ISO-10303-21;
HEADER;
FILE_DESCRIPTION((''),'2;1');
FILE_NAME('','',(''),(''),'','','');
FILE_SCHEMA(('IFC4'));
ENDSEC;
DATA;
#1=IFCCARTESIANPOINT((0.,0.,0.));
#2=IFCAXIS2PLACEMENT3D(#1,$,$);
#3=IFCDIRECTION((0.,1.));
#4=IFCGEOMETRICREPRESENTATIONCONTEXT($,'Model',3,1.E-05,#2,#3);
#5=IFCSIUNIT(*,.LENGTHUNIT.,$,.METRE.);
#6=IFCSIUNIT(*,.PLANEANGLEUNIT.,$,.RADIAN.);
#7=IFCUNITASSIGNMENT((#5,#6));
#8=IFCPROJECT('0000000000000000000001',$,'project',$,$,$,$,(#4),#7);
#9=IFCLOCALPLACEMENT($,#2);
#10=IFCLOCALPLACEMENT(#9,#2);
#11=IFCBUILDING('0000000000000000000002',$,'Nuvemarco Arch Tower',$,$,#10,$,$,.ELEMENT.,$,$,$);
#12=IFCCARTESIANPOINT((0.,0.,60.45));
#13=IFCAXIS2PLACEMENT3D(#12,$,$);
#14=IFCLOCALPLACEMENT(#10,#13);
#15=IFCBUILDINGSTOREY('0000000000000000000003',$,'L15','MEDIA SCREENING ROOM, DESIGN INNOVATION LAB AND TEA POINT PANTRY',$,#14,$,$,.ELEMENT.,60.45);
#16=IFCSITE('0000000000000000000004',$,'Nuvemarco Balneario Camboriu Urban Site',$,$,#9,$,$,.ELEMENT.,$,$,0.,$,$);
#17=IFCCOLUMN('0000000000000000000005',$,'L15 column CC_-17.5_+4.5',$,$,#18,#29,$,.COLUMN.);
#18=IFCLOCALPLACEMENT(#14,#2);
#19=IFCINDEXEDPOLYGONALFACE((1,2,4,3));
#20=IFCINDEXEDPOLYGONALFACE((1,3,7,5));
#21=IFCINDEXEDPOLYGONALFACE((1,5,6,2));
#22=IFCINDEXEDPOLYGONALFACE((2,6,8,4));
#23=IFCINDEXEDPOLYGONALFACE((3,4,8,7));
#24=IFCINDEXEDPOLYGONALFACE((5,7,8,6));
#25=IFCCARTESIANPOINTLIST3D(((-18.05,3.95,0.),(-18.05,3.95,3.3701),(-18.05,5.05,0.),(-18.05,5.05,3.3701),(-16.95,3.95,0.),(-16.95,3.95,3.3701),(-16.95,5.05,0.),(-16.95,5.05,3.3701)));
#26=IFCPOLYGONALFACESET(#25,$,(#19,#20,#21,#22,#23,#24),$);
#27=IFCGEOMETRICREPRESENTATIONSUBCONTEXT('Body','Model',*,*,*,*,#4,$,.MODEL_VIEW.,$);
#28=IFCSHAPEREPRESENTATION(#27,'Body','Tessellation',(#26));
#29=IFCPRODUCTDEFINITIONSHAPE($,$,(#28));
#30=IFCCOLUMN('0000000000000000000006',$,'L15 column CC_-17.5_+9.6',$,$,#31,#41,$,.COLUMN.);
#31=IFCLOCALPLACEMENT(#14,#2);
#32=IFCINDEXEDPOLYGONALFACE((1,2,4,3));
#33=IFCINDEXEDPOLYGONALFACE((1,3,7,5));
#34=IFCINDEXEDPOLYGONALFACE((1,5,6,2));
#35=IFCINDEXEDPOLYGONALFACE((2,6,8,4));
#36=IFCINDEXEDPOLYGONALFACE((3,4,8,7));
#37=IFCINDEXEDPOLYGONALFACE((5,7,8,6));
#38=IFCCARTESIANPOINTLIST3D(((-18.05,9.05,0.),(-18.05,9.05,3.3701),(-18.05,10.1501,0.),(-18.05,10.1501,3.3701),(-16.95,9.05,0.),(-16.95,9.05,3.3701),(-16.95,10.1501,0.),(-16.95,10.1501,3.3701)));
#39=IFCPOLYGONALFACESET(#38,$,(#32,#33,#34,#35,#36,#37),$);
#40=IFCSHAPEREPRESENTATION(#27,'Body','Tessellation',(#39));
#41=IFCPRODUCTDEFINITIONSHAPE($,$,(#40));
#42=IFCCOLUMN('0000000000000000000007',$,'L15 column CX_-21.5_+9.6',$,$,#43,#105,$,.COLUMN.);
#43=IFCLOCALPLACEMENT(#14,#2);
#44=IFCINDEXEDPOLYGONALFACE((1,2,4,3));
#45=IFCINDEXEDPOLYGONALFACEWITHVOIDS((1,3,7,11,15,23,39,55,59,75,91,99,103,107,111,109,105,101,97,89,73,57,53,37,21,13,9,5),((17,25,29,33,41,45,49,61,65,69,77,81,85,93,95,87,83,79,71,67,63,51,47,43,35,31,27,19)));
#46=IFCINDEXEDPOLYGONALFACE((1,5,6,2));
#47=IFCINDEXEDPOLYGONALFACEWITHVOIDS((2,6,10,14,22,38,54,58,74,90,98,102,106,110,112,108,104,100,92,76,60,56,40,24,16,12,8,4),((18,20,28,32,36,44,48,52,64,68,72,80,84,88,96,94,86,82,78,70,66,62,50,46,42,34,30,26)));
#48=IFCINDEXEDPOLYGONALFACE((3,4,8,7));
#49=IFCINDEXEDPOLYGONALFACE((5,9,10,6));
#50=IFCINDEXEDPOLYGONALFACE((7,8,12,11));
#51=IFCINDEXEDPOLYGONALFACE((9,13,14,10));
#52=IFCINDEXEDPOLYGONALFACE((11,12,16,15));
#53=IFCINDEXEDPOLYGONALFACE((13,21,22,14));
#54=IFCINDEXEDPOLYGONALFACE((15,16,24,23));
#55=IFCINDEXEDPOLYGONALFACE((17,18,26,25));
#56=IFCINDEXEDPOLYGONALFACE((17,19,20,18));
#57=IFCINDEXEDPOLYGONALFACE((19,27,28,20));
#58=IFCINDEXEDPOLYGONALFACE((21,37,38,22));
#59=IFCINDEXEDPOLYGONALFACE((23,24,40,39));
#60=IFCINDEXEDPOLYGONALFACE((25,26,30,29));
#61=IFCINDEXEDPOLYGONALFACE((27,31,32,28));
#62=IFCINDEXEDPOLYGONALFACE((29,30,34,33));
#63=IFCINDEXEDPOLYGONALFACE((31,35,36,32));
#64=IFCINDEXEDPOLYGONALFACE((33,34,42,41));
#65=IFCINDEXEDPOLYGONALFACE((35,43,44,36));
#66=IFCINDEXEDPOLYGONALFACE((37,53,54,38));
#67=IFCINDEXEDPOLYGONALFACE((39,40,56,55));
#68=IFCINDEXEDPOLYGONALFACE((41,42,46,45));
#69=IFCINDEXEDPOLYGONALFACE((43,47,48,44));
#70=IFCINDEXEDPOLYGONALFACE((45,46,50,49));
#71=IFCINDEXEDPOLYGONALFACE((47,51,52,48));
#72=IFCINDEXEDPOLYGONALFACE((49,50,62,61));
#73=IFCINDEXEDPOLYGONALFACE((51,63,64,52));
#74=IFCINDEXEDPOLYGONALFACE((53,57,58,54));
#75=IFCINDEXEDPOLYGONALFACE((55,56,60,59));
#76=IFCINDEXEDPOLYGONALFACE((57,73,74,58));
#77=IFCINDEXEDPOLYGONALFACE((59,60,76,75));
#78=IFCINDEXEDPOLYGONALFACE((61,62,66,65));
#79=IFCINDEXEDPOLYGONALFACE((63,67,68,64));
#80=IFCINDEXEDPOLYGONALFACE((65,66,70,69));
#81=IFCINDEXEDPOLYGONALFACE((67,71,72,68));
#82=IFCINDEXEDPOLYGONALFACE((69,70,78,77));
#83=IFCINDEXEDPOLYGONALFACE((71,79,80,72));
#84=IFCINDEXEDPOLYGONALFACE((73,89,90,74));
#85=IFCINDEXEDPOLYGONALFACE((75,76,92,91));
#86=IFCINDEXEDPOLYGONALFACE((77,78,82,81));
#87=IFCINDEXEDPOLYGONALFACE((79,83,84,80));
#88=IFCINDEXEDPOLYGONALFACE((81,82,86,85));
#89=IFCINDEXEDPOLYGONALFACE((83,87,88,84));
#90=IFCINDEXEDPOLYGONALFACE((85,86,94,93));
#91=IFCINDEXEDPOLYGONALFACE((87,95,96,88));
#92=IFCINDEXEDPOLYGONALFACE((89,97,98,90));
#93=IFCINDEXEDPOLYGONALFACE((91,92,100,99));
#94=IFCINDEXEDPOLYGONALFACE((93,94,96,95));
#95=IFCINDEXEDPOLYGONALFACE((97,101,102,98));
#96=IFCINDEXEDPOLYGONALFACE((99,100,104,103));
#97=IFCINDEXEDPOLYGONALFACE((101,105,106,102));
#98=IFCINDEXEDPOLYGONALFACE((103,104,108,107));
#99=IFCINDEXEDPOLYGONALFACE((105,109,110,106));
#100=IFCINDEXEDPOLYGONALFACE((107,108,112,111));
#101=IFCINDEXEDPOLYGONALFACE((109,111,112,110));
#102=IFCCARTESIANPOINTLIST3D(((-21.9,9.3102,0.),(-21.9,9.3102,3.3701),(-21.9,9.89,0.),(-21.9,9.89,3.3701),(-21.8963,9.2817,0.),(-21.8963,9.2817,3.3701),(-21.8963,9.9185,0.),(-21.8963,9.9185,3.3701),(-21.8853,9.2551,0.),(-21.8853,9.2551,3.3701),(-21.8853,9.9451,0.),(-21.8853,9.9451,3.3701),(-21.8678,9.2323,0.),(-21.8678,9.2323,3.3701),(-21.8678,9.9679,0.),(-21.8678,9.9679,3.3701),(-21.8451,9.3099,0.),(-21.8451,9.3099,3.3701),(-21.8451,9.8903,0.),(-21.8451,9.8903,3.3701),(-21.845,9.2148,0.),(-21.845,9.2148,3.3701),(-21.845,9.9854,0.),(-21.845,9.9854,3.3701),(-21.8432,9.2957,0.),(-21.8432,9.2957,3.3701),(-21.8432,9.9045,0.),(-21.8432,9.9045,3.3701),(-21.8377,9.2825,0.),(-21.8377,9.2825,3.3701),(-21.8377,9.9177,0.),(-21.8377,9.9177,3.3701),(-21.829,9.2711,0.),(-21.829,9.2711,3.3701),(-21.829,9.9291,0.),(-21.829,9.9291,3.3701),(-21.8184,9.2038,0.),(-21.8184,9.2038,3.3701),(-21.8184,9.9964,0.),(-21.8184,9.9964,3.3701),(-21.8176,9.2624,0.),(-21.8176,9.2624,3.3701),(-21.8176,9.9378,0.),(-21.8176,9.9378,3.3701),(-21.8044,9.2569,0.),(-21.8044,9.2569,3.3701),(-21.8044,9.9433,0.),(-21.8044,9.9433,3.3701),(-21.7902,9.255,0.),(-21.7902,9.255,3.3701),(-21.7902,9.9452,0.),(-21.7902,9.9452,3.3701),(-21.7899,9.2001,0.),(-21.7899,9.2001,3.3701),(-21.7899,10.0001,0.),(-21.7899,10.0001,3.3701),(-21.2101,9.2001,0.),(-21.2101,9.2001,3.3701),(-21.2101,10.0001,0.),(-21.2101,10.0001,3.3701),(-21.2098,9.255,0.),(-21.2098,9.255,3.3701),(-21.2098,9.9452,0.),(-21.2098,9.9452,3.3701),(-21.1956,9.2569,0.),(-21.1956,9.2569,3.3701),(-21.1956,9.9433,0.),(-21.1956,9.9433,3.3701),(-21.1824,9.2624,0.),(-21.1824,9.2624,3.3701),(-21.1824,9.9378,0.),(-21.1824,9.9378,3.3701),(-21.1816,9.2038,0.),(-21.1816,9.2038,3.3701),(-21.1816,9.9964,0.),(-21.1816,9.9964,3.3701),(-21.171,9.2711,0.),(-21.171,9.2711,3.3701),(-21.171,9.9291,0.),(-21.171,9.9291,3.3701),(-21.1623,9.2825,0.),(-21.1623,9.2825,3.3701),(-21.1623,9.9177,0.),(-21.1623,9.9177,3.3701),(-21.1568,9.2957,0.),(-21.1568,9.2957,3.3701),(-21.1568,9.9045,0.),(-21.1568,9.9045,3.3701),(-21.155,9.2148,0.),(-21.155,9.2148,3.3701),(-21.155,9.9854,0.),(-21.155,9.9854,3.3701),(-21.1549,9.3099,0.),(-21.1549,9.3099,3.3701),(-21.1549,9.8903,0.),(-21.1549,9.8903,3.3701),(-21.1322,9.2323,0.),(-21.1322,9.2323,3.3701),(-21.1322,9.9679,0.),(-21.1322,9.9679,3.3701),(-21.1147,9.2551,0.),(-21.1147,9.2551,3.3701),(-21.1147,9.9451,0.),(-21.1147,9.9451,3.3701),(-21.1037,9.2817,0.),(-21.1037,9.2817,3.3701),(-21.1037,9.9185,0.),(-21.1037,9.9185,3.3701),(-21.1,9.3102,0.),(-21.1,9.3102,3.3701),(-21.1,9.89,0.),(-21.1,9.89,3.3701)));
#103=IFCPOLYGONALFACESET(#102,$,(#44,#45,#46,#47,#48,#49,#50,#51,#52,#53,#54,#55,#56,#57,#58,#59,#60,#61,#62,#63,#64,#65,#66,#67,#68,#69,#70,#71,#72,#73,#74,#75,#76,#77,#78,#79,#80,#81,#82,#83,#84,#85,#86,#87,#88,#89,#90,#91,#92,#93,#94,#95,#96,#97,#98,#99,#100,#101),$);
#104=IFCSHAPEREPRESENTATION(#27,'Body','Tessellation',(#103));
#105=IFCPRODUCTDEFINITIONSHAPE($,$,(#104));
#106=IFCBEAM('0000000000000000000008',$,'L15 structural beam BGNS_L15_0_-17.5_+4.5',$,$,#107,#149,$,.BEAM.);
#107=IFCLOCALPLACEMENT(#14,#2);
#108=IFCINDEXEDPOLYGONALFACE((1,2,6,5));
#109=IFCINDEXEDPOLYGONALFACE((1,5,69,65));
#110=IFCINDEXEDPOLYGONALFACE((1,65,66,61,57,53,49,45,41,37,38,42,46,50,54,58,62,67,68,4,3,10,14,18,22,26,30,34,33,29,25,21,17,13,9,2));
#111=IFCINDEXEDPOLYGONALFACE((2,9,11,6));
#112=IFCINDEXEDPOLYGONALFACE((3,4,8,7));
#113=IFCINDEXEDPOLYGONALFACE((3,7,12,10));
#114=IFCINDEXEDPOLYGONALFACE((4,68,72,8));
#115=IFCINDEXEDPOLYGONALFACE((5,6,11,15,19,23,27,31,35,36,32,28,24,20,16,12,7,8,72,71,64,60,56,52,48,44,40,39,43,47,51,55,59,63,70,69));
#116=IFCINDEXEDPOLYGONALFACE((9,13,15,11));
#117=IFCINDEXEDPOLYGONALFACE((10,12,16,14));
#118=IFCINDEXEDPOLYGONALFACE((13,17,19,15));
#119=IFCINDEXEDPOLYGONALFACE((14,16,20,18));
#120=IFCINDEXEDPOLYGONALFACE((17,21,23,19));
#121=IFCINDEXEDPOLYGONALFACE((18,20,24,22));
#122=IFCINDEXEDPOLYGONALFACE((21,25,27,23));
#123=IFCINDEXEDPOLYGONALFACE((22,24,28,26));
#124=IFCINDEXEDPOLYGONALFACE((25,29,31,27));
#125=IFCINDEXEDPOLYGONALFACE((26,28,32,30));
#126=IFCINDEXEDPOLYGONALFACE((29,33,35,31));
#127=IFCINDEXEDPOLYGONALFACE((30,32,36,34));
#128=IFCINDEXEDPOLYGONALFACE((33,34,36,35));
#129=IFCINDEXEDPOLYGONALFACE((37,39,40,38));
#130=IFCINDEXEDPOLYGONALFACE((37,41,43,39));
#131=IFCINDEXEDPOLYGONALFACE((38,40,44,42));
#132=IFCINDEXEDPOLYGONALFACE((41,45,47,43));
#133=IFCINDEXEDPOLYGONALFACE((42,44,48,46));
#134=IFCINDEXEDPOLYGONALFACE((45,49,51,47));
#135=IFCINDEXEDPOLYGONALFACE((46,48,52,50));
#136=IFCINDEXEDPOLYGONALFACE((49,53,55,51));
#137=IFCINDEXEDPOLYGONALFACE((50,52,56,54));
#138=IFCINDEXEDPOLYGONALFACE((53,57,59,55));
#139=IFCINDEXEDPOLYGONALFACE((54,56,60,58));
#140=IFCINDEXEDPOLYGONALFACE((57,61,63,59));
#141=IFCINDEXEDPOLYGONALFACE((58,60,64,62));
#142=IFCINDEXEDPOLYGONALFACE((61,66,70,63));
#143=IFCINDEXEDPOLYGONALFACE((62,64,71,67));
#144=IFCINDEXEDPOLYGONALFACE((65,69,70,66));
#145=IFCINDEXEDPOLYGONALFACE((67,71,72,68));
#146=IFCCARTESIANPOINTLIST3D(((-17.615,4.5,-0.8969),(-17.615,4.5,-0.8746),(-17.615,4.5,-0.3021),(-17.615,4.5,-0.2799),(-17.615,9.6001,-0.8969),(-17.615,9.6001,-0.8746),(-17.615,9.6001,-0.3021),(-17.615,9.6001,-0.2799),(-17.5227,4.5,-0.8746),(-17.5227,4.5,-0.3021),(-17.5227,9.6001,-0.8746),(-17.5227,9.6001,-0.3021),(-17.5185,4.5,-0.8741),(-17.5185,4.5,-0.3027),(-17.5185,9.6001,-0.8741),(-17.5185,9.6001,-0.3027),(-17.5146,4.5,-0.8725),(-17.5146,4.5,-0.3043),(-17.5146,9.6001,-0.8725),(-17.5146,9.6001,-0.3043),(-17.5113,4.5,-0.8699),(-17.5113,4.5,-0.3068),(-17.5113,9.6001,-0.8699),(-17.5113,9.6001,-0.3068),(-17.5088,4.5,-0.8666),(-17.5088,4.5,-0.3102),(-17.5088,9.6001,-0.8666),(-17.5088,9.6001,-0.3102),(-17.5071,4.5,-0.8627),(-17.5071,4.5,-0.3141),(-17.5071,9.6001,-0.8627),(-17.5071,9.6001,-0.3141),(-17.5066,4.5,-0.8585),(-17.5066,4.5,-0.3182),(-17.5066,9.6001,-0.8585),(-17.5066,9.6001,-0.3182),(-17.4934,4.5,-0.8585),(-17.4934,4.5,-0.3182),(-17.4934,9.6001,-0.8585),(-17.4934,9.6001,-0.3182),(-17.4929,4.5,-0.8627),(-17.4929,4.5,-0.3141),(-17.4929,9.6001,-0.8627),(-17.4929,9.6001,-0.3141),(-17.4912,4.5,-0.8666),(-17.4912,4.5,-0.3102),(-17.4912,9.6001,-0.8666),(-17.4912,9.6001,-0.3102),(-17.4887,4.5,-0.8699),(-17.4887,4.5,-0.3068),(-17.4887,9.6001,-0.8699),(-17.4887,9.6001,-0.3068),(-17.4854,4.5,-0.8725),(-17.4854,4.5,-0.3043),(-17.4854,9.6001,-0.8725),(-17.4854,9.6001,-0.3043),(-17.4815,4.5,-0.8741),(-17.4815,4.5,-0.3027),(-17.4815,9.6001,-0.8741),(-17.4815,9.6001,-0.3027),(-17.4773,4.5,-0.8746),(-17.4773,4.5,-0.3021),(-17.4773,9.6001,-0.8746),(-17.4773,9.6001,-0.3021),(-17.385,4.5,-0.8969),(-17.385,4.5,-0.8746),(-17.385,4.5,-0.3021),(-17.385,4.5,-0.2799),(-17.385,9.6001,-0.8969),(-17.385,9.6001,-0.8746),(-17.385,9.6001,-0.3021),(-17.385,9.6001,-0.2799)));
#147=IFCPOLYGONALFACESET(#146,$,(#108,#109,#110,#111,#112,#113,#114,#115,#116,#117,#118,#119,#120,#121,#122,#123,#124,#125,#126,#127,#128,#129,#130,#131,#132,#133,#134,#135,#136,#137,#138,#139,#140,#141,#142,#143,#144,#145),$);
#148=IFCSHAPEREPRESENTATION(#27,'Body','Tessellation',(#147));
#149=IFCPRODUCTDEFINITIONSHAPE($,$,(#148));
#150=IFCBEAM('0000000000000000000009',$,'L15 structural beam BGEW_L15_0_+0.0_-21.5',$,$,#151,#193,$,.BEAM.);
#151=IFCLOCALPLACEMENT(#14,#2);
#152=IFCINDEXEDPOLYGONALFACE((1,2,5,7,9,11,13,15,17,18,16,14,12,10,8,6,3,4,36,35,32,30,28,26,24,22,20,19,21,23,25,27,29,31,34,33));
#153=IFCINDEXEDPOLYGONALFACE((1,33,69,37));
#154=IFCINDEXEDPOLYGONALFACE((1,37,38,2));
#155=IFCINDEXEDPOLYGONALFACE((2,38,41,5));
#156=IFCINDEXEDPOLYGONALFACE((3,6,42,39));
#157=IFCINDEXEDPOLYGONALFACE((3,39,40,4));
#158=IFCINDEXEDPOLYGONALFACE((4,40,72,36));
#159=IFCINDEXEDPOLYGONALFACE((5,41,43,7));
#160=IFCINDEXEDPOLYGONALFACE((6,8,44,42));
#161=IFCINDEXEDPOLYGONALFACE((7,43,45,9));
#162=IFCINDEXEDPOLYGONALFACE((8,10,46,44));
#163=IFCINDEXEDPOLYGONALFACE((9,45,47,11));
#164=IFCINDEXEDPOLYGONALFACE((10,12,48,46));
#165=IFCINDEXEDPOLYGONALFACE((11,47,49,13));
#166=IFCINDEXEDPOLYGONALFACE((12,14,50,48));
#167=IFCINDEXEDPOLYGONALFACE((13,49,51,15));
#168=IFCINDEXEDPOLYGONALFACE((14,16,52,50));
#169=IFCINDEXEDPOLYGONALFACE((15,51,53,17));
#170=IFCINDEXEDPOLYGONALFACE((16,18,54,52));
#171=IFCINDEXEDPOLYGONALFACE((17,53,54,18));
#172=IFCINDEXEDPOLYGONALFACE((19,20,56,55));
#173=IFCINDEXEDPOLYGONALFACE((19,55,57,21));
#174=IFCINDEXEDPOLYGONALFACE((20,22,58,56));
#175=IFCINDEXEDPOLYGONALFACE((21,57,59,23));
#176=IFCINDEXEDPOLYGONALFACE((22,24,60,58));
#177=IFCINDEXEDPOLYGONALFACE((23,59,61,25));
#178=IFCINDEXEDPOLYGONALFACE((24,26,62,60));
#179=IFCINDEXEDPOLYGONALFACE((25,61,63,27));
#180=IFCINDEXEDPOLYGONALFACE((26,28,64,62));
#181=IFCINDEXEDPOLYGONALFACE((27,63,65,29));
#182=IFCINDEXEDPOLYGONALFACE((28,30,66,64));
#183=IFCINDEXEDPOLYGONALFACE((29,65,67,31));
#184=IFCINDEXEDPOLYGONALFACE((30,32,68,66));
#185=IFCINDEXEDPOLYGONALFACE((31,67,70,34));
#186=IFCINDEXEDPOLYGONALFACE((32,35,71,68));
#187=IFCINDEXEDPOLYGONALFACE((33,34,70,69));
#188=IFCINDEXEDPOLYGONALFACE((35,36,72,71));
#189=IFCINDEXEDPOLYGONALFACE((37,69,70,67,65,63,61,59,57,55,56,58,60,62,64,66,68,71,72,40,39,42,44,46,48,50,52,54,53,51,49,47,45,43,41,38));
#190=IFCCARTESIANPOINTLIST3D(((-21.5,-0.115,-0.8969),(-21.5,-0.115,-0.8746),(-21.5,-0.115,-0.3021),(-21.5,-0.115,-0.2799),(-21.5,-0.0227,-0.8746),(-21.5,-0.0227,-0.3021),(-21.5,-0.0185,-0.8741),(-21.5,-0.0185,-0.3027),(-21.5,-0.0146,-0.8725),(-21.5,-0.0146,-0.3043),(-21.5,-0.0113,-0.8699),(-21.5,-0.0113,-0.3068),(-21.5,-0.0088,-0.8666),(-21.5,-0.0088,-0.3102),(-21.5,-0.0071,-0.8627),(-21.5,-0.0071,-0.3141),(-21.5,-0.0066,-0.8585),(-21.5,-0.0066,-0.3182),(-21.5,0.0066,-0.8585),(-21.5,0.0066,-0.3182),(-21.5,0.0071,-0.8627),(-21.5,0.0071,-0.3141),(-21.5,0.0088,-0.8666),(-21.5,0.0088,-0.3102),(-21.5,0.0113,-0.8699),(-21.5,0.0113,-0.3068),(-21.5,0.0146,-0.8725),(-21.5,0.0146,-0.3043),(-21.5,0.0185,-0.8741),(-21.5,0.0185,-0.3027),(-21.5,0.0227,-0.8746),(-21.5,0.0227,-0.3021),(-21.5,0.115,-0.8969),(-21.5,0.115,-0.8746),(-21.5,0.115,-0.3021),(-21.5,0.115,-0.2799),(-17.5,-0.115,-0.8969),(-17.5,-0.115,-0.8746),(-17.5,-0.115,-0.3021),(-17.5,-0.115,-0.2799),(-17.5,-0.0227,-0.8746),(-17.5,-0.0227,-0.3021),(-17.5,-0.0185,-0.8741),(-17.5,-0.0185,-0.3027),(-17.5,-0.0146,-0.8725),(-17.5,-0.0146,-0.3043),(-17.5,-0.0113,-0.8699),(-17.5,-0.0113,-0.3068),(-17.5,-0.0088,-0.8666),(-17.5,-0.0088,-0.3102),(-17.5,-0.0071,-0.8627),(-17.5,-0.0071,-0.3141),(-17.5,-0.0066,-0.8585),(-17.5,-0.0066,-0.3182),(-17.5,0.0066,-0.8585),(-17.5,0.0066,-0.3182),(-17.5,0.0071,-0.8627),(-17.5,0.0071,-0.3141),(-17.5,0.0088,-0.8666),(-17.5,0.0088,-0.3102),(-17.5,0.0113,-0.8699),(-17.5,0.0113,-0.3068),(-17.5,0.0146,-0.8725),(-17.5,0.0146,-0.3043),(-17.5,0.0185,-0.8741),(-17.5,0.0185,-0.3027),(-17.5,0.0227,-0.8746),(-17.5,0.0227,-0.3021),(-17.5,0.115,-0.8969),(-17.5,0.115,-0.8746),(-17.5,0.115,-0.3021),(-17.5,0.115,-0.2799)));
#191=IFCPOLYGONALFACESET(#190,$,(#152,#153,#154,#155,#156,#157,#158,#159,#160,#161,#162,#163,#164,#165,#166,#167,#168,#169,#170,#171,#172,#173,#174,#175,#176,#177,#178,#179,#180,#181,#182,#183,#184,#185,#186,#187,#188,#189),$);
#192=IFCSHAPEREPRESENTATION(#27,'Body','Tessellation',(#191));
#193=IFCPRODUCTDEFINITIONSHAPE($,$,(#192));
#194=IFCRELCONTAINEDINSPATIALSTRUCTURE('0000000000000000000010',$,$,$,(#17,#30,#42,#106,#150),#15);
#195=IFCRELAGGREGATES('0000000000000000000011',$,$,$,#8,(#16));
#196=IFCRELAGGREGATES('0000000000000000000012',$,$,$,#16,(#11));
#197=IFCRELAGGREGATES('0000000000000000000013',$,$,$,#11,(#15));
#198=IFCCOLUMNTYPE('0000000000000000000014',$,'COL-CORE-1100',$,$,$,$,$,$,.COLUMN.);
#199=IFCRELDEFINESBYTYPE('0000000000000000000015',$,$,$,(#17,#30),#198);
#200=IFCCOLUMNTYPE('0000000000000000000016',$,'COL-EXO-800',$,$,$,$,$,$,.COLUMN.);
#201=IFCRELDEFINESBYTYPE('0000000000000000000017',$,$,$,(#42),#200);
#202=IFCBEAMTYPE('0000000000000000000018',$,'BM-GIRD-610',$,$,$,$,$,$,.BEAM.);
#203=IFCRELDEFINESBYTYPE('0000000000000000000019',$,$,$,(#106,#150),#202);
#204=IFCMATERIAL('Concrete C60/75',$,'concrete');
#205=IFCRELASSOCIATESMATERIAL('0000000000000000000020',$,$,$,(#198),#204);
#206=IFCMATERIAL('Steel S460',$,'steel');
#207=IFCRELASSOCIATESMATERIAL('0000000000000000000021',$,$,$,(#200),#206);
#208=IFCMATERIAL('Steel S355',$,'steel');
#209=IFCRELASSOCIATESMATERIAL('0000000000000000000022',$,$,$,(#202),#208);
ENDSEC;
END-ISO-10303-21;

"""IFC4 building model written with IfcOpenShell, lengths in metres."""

from ifc_helpers import new_model, si_unit, direction, frame, origin, origin_2d, place, context, subcontext, project, spatial, rectangle, hollow_rectangle, i_section, extrude, material, material_profile, profile_set, type_object, element, save


model = new_model("IFC4")

# Units and contexts
model_context = context("Model", 3, precision=1e-05, world=origin(), true_north=direction((0.0, 1.0)))
body_context = subcontext(model_context, "Body", "Model", "MODEL_VIEW")
ifc_project = project(units=[si_unit("LENGTHUNIT", "METRE"), si_unit("PLANEANGLEUNIT", "RADIAN")], contexts=[model_context])

# Site, building, storey
site_placement = place(None, origin())
site = spatial("IfcSite", under=ifc_project, at=site_placement, Name="Nuvemarco Balneario Camboriu Urban Site", CompositionType="ELEMENT", RefElevation=0.0)
building_placement = place(site_placement, origin())
building = spatial("IfcBuilding", under=site, at=building_placement, Name="Nuvemarco Arch Tower", CompositionType="ELEMENT")
storey_placement = place(building_placement, frame((0.0, 0.0, 60.45)))
storey = spatial("IfcBuildingStorey", under=building, at=storey_placement, Name="L15", Description="MEDIA SCREENING ROOM, DESIGN INNOVATION LAB AND TEA POINT PANTRY", CompositionType="ELEMENT", Elevation=60.45)

# Columns
ifc_material_1 = material(Name="Concrete C60/75", Category="concrete")
ifc_material_profile_1 = material_profile(ifc_material_1, rectangle(XDim=1.1001, YDim=1.1001, at=origin_2d()), Name="RC-COL-1100x1100")
ifc_profile_set_1 = profile_set([ifc_material_profile_1], Name="Concrete C60/75")
column_type_1 = type_object("IfcColumnType", Name="COL-CORE-1100", PredefinedType="COLUMN", material=ifc_profile_set_1)
for number, where, z_axis, x_axis, name in (
    (1, (-17.5, 4.5, 0.0), (0.0, 0.0, 1.0), (1.0, 0.0, 0.0), "L15 column CC_-17.5_+4.5"),
    (2, (-17.5, 9.6001, 0.0), (0.0, 0.0, 1.0), (1.0, 0.0, 0.0), "L15 column CC_-17.5_+9.6"),
):
    element("IfcColumn", number, at=place(storey_placement, frame(where, z_axis=z_axis, x_axis=x_axis)), inside=storey, type_object=column_type_1, Name=name, PredefinedType="COLUMN", context=body_context, shape_type="SweptSolid", body=[
        extrude(rectangle(XDim=1.1001, YDim=1.1001, at=origin_2d()), origin(), (0.0, 0.0, 1.0), 3.3701),
    ])
ifc_material_2 = material(Name="Steel S460", Category="steel")
ifc_material_profile_2 = material_profile(ifc_material_2, hollow_rectangle(XDim=0.8, YDim=0.8, WallThickness=0.0549, InnerFilletRadius=0.0549, OuterFilletRadius=0.1101, at=origin_2d()), Name="SHS800x800x55")
ifc_profile_set_2 = profile_set([ifc_material_profile_2], Name="Steel S460")
column_type_2 = type_object("IfcColumnType", Name="COL-EXO-800", PredefinedType="COLUMN", material=ifc_profile_set_2)
column_placement = place(storey_placement, frame((-21.5, 9.6001, 0.0), z_axis=(0.0, 0.0, 1.0), x_axis=(1.0, 0.0, 0.0)))
element("IfcColumn", 3, at=column_placement, inside=storey, type_object=column_type_2, Name="L15 column CX_-21.5_+9.6", PredefinedType="COLUMN", context=body_context, shape_type="SweptSolid", body=[
    extrude(hollow_rectangle(XDim=0.8, YDim=0.8, WallThickness=0.0549, InnerFilletRadius=0.0549, OuterFilletRadius=0.1101, at=origin_2d()), origin(), (0.0, 0.0, 1.0), 3.3701),
])

# Beams
ifc_material_3 = material(Name="Steel S355", Category="steel")
ifc_material_profile_3 = material_profile(ifc_material_3, i_section(OverallWidth=0.23, OverallDepth=0.6169, WebThickness=0.0132, FlangeThickness=0.0222, FilletRadius=0.0161, at=origin_2d()), Name="W610x140")
ifc_profile_set_3 = profile_set([ifc_material_profile_3], Name="Steel S355")
beam_type_1 = type_object("IfcBeamType", Name="BM-GIRD-610", PredefinedType="BEAM", material=ifc_profile_set_3)
beam_1_placement = place(storey_placement, frame((-17.5, 4.5, -0.5884), z_axis=(0.0, 1.0, 0.0), x_axis=(-1.0, 0.0, 0.0)))
element("IfcBeam", 4, at=beam_1_placement, inside=storey, type_object=beam_type_1, Name="L15 structural beam BGNS_L15_0_-17.5_+4.5", PredefinedType="BEAM", context=body_context, shape_type="SweptSolid", body=[
    extrude(i_section(OverallWidth=0.23, OverallDepth=0.6169, WebThickness=0.0132, FlangeThickness=0.0222, FilletRadius=0.0161, at=origin_2d()), origin(), (0.0, 0.0, 1.0), 5.1001),
])
for number, where, z_axis, x_axis, name in (
    (5, (-21.5, 0.0, -0.5884), (1.0, 0.0, 0.0), (0.0, 1.0, 0.0), "L15 structural beam BGEW_L15_0_+0.0_-21.5"),
):
    element("IfcBeam", number, at=place(storey_placement, frame(where, z_axis=z_axis, x_axis=x_axis)), inside=storey, type_object=beam_type_1, Name=name, PredefinedType="BEAM", context=body_context, shape_type="SweptSolid", body=[
        extrude(i_section(OverallWidth=0.23, OverallDepth=0.6169, WebThickness=0.0132, FlangeThickness=0.0222, FilletRadius=0.0161, at=origin_2d()), origin(), (0.0, 0.0, 1.0), 4.0),
    ])

save(model, "model.ifc")
